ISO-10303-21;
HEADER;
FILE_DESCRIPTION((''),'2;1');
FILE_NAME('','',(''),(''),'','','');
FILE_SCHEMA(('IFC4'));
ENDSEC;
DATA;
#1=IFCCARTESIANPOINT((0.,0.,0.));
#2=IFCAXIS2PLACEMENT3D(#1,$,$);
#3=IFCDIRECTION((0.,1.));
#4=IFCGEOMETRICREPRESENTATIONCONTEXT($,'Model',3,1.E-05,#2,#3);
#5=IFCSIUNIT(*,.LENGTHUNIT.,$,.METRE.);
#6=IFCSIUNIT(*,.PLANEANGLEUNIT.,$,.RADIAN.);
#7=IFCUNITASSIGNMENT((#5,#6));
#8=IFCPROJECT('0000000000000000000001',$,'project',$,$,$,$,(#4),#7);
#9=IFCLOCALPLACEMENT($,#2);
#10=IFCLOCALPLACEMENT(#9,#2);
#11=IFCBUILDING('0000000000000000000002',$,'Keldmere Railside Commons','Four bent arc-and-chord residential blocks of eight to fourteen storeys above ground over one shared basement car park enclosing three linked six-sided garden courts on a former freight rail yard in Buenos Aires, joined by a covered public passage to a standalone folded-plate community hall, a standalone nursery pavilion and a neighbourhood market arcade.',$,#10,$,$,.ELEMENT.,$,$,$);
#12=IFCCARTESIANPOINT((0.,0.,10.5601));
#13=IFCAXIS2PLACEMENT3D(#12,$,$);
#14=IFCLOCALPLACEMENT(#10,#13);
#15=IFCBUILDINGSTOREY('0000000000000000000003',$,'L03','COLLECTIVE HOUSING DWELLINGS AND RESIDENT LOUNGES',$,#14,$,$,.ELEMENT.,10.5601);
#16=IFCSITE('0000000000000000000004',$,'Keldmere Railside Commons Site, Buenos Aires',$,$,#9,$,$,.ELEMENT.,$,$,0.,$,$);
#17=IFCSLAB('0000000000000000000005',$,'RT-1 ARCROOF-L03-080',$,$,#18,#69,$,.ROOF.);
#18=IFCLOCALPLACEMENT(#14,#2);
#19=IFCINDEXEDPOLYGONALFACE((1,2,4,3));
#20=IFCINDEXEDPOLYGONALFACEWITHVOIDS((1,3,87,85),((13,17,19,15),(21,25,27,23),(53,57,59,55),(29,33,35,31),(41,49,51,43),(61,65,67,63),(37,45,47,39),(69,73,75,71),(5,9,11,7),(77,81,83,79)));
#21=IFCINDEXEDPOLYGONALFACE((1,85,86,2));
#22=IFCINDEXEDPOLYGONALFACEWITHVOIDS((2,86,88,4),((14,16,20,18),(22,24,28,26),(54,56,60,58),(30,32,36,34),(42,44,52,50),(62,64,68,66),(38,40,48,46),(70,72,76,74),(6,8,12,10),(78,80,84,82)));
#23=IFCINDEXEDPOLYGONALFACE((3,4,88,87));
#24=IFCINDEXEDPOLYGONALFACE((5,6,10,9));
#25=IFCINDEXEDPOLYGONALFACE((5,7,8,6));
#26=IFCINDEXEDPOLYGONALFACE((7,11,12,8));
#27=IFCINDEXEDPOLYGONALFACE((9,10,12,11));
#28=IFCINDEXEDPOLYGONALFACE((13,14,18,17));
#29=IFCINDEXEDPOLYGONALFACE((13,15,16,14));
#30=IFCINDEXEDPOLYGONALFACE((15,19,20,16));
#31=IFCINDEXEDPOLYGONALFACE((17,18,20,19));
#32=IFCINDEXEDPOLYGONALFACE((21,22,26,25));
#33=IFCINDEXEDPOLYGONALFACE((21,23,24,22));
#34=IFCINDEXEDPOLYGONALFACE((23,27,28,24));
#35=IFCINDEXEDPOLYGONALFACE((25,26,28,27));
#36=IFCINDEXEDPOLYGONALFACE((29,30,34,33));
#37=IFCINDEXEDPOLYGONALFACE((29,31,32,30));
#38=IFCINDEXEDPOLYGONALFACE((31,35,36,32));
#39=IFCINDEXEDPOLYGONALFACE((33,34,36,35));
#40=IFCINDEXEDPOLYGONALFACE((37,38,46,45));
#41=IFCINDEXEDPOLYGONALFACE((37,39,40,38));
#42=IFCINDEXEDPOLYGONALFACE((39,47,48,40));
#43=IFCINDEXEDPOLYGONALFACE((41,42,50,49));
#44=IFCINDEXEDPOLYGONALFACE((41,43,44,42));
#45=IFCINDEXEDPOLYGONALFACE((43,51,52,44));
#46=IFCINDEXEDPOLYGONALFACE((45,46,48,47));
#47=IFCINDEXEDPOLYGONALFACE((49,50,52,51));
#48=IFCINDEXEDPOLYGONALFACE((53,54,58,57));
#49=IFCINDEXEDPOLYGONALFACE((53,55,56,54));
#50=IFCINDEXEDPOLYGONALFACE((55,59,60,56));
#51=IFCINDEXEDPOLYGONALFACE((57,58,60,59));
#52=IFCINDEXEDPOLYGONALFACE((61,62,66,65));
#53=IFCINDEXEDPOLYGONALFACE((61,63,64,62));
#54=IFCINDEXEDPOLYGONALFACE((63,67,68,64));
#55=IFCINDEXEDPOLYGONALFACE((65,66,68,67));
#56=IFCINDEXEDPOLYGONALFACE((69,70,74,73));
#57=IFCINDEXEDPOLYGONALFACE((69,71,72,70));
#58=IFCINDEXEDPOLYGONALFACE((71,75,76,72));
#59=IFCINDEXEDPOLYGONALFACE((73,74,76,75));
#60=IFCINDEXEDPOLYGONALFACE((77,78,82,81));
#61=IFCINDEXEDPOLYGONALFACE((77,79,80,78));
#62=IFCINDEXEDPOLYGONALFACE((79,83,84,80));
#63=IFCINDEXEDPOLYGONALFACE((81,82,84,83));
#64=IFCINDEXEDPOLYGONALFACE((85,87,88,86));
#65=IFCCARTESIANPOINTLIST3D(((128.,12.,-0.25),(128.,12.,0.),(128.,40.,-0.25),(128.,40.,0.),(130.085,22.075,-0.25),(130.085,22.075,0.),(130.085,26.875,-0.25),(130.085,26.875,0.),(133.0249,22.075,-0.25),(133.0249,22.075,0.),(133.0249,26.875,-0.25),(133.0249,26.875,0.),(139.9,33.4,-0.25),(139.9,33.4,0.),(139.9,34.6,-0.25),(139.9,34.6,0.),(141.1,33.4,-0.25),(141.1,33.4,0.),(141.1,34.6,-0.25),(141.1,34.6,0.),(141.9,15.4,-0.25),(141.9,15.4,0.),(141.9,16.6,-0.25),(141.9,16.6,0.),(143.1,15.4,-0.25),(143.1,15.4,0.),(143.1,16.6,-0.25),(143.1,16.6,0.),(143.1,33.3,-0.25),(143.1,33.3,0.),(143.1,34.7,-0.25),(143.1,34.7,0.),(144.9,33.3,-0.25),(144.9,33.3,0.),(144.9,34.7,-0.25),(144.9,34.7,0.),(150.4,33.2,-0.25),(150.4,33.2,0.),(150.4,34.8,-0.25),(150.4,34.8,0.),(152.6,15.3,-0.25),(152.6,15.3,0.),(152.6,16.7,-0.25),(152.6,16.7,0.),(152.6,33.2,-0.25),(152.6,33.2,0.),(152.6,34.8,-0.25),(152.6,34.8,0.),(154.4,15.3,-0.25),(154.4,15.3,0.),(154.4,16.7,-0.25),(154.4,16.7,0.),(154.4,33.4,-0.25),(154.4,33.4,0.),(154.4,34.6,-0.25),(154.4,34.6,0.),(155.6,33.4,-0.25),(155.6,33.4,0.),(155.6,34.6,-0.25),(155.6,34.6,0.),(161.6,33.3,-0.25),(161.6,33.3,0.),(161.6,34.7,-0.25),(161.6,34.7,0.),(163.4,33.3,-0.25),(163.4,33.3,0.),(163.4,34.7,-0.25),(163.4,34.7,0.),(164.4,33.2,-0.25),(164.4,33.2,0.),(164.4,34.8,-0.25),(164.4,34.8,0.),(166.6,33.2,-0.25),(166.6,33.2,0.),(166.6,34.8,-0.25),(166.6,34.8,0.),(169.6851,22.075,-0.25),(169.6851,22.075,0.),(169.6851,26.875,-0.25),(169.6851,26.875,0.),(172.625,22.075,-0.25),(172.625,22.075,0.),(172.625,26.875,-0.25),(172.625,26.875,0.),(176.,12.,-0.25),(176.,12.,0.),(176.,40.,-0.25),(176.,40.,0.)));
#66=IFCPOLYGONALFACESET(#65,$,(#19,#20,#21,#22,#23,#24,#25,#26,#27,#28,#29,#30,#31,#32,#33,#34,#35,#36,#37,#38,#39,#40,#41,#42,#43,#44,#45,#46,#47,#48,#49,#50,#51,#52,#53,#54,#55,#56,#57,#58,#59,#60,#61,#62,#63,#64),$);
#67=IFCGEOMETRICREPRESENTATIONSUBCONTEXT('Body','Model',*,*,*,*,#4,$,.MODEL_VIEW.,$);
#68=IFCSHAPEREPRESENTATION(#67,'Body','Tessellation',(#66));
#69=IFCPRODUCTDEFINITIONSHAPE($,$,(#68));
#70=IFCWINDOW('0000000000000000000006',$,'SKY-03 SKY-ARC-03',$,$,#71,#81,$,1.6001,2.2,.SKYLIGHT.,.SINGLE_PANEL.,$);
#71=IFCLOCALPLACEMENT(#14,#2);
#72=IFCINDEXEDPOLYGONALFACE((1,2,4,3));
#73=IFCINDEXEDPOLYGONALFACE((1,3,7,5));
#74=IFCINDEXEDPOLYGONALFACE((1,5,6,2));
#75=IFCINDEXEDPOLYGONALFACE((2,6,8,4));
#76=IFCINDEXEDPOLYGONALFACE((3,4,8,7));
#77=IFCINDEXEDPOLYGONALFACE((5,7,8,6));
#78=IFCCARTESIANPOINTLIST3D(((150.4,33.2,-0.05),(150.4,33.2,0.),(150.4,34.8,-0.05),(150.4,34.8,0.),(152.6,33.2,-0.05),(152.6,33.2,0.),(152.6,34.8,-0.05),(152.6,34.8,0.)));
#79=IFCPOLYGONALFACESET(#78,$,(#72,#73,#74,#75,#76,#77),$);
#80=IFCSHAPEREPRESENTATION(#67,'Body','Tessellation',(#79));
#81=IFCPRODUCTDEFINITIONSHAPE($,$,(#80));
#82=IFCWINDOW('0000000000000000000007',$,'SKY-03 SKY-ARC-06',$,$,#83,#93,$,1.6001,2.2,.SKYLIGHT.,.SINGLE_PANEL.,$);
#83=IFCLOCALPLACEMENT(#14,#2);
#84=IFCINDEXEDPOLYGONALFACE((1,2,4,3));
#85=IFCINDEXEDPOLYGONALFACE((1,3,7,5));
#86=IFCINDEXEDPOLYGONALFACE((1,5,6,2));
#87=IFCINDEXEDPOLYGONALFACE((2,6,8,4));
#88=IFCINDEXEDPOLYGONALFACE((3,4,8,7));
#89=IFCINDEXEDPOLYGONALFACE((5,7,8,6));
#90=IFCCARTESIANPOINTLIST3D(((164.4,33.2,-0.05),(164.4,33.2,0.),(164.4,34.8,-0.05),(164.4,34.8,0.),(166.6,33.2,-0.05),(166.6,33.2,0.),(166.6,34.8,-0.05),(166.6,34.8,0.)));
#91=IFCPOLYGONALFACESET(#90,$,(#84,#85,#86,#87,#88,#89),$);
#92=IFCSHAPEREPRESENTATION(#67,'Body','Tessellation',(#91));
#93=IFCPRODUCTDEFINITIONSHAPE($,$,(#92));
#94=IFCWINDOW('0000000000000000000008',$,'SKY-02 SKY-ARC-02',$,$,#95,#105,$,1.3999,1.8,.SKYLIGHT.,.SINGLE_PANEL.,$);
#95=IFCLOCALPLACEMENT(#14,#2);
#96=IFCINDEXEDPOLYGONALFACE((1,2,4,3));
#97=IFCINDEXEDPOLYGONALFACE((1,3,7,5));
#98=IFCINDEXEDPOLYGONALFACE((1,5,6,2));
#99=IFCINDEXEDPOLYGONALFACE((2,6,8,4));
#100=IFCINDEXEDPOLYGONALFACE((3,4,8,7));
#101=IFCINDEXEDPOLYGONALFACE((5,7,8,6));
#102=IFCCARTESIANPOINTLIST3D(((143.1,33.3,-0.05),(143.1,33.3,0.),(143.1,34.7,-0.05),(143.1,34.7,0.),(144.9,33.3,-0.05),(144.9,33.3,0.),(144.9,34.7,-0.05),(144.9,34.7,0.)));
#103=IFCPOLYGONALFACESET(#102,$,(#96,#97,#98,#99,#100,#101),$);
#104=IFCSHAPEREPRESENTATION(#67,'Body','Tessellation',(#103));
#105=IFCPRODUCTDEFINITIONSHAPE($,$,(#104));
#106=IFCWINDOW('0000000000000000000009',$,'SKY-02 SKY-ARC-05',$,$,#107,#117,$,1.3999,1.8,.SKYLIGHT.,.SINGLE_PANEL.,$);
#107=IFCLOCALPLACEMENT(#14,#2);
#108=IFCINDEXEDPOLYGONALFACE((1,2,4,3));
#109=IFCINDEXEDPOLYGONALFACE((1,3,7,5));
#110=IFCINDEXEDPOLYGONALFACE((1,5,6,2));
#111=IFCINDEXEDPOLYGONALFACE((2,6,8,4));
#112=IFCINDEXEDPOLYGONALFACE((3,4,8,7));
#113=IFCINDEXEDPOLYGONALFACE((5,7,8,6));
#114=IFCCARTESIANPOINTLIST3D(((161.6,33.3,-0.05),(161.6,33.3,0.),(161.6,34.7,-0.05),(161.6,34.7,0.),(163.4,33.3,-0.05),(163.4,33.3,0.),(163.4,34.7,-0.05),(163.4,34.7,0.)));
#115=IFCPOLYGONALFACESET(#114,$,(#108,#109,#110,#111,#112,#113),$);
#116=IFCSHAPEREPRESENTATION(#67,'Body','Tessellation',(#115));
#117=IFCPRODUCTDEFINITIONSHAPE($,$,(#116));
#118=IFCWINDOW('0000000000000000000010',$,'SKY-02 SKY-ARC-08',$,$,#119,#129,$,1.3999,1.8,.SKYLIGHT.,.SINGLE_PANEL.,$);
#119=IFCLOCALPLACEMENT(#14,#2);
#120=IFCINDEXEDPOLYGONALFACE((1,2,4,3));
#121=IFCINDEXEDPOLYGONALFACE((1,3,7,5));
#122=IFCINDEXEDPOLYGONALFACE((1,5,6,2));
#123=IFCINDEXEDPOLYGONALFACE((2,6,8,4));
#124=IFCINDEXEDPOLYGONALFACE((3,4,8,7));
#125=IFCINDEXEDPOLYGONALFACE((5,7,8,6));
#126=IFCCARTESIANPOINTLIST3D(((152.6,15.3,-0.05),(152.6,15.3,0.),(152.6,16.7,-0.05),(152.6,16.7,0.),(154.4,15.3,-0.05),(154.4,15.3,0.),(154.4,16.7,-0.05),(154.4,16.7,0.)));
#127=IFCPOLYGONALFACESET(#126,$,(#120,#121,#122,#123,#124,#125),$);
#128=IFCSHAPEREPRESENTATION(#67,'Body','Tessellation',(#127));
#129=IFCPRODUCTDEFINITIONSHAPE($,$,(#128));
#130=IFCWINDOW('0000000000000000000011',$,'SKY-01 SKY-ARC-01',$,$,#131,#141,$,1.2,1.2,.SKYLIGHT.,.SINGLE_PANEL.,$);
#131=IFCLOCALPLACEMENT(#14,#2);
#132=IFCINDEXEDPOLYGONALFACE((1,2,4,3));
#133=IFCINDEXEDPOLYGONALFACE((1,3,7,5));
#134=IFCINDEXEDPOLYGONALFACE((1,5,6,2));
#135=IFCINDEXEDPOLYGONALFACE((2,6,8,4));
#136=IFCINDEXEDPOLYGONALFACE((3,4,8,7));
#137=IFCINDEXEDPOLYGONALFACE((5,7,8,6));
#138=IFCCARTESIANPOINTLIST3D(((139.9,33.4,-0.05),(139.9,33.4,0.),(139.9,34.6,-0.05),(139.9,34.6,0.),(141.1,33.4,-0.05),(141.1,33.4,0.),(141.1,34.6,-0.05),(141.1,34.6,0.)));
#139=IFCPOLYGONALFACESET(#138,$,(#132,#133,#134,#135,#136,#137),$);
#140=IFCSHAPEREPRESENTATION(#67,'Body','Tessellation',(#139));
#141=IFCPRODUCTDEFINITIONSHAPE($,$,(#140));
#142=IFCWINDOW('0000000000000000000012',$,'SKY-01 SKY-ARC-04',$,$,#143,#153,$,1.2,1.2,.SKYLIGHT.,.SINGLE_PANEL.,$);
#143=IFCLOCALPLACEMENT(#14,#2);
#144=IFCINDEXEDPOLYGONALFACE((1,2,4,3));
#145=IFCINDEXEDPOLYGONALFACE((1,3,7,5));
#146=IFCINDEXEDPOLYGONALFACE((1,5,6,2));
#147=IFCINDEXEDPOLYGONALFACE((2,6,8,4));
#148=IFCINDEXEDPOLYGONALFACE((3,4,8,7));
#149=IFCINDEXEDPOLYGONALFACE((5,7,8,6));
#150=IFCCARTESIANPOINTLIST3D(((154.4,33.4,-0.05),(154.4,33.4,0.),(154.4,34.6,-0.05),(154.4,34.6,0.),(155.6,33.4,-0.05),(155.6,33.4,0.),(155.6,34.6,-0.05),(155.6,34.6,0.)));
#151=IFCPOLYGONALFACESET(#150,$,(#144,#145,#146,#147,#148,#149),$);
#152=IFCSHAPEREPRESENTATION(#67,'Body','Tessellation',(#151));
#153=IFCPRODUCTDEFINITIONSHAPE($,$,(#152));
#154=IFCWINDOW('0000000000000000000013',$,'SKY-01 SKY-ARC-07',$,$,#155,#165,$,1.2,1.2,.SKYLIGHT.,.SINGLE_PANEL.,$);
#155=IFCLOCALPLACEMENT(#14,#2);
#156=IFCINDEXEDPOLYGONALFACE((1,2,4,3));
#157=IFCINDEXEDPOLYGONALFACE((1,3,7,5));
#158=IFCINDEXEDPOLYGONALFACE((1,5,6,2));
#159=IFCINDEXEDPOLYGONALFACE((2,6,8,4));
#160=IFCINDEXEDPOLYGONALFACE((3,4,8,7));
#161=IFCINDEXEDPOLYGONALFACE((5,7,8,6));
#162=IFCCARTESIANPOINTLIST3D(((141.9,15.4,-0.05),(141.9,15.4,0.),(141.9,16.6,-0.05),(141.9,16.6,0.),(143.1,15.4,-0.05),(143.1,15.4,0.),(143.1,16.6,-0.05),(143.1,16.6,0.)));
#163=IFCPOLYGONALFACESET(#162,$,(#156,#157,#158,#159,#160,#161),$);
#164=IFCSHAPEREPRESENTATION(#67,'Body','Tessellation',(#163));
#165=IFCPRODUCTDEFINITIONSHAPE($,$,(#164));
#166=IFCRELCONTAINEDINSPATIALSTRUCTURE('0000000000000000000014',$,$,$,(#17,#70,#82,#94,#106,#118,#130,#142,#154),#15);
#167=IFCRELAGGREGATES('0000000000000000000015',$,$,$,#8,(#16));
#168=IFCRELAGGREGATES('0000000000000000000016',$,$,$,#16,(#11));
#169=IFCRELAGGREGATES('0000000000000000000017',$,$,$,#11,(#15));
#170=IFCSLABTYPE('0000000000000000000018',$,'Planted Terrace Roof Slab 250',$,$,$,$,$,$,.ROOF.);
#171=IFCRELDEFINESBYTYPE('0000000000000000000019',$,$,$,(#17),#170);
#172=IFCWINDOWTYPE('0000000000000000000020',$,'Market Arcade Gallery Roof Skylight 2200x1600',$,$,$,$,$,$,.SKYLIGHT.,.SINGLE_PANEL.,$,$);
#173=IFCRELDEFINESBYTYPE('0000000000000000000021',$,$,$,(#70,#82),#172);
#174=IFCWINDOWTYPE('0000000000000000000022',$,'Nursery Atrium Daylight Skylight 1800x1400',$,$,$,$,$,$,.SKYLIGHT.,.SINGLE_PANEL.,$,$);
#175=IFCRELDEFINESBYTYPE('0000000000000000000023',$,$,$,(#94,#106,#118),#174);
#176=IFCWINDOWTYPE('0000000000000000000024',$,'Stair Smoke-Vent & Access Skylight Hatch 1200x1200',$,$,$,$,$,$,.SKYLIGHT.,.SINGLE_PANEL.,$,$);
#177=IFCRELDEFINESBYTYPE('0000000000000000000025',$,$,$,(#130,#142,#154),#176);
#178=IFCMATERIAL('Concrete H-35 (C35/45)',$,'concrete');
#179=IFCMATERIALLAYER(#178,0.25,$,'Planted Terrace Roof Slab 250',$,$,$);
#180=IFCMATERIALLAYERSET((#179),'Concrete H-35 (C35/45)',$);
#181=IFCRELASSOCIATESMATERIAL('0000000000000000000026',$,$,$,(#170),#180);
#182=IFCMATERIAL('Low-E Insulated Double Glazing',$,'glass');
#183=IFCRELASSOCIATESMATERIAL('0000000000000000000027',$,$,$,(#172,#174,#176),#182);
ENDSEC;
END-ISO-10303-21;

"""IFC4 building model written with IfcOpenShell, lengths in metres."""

from ifc_helpers import new_model, si_unit, direction, frame, origin, origin_2d, place, context, subcontext, project, spatial, polyline, rectangle, outline, extrude, material, layer, layer_set, type_object, element, fill, save


model = new_model("IFC4")

# Units and contexts
model_context = context("Model", 3, precision=1e-05, world=origin(), true_north=direction((0.0, 1.0)))
body_context = subcontext(model_context, "Body", "Model", "MODEL_VIEW")
ifc_project = project(units=[si_unit("LENGTHUNIT", "METRE"), si_unit("PLANEANGLEUNIT", "RADIAN")], contexts=[model_context])

# Site, building, storey
site_placement = place(None, origin())
site = spatial("IfcSite", under=ifc_project, at=site_placement, Name="Keldmere Railside Commons Site, Buenos Aires", CompositionType="ELEMENT", RefElevation=0.0)
building_placement = place(site_placement, origin())
building = spatial("IfcBuilding", under=site, at=building_placement, Name="Keldmere Railside Commons", Description="Four bent arc-and-chord residential blocks of eight to fourteen storeys above ground over one shared basement car park enclosing three linked six-sided garden courts on a former freight rail yard in Buenos Aires, joined by a covered public passage to a standalone folded-plate community hall, a standalone nursery pavilion and a neighbourhood market arcade.", CompositionType="ELEMENT")
storey_placement = place(building_placement, frame((0.0, 0.0, 10.5601)))
storey = spatial("IfcBuildingStorey", under=building, at=storey_placement, Name="L03", Description="COLLECTIVE HOUSING DWELLINGS AND RESIDENT LOUNGES", CompositionType="ELEMENT", Elevation=10.5601)

# Slab, openings, windows
ifc_material_1 = material(Name="Concrete H-35 (C35/45)", Category="concrete")
ifc_layer_1 = layer(ifc_material_1, 0.25, Name="Planted Terrace Roof Slab 250")
ifc_layer_set_1 = layer_set([ifc_layer_1], Name="Concrete H-35 (C35/45)")
slab_type_1 = type_object("IfcSlabType", Name="Planted Terrace Roof Slab 250", PredefinedType="ROOF", material=ifc_layer_set_1)
slab_1_placement = place(storey_placement, frame((0.0, 0.0, -0.25)))
slab_1 = element("IfcSlab", 1, at=slab_1_placement, inside=storey, type_object=slab_type_1, Name="RT-1 ARCROOF-L03-080", PredefinedType="ROOF", context=body_context, shape_type="SweptSolid", body=[
    extrude(outline(polyline([(176.0, 12.0), (176.0, 40.0), (128.0, 40.0), (128.0, 12.0), (176.0, 12.0)]), holes=[polyline([(133.0249, 22.075), (130.085, 22.075), (130.085, 26.875), (133.0249, 26.875), (133.0249, 22.075)]), polyline([(172.625, 22.075), (169.6851, 22.075), (169.6851, 26.875), (172.625, 26.875), (172.625, 22.075)])]), origin(), (0.0, 0.0, 1.0), 0.25),
])
opening_1_placement = place(slab_1_placement, frame((140.5, 34.0, 0.0)))
opening_1 = element("IfcOpeningElement", 2, at=opening_1_placement, cuts=slab_1, PredefinedType="OPENING", context=body_context, shape_type="SweptSolid", body=[
    extrude(rectangle(XDim=1.2, YDim=1.2, at=origin_2d()), frame((0.0, 0.0, -0.01)), (0.0, 0.0, 1.0), 0.27),
])
opening_2_placement = place(slab_1_placement, frame((144.0, 34.0, 0.0)))
opening_2 = element("IfcOpeningElement", 3, at=opening_2_placement, cuts=slab_1, PredefinedType="OPENING", context=body_context, shape_type="SweptSolid", body=[
    extrude(rectangle(XDim=1.8, YDim=1.3999, at=origin_2d()), frame((0.0, 0.0, -0.01)), (0.0, 0.0, 1.0), 0.27),
])
opening_3_placement = place(slab_1_placement, frame((151.5, 34.0, 0.0)))
opening_3 = element("IfcOpeningElement", 4, at=opening_3_placement, cuts=slab_1, PredefinedType="OPENING", context=body_context, shape_type="SweptSolid", body=[
    extrude(rectangle(XDim=2.2, YDim=1.6001, at=origin_2d()), frame((0.0, 0.0, -0.01)), (0.0, 0.0, 1.0), 0.27),
])
opening_4_placement = place(slab_1_placement, frame((155.0, 34.0, 0.0)))
opening_4 = element("IfcOpeningElement", 5, at=opening_4_placement, cuts=slab_1, PredefinedType="OPENING", context=body_context, shape_type="SweptSolid", body=[
    extrude(rectangle(XDim=1.2, YDim=1.2, at=origin_2d()), frame((0.0, 0.0, -0.01)), (0.0, 0.0, 1.0), 0.27),
])
opening_5_placement = place(slab_1_placement, frame((162.5, 34.0, 0.0)))
opening_5 = element("IfcOpeningElement", 6, at=opening_5_placement, cuts=slab_1, PredefinedType="OPENING", context=body_context, shape_type="SweptSolid", body=[
    extrude(rectangle(XDim=1.8, YDim=1.3999, at=origin_2d()), frame((0.0, 0.0, -0.01)), (0.0, 0.0, 1.0), 0.27),
])
opening_6_placement = place(slab_1_placement, frame((165.5, 34.0, 0.0)))
opening_6 = element("IfcOpeningElement", 7, at=opening_6_placement, cuts=slab_1, PredefinedType="OPENING", context=body_context, shape_type="SweptSolid", body=[
    extrude(rectangle(XDim=2.2, YDim=1.6001, at=origin_2d()), frame((0.0, 0.0, -0.01)), (0.0, 0.0, 1.0), 0.27),
])
opening_7_placement = place(slab_1_placement, frame((142.5, 16.0, 0.0)))
opening_7 = element("IfcOpeningElement", 8, at=opening_7_placement, cuts=slab_1, PredefinedType="OPENING", context=body_context, shape_type="SweptSolid", body=[
    extrude(rectangle(XDim=1.2, YDim=1.2, at=origin_2d()), frame((0.0, 0.0, -0.01)), (0.0, 0.0, 1.0), 0.27),
])
opening_8_placement = place(slab_1_placement, frame((153.5, 16.0, 0.0)))
opening_8 = element("IfcOpeningElement", 9, at=opening_8_placement, cuts=slab_1, PredefinedType="OPENING", context=body_context, shape_type="SweptSolid", body=[
    extrude(rectangle(XDim=1.8, YDim=1.3999, at=origin_2d()), frame((0.0, 0.0, -0.01)), (0.0, 0.0, 1.0), 0.27),
])
ifc_material_2 = material(Name="Low-E Insulated Double Glazing", Category="glass")
window_type_1 = type_object("IfcWindowType", Name="Market Arcade Gallery Roof Skylight 2200x1600", PartitioningType="SINGLE_PANEL", PredefinedType="SKYLIGHT", material=ifc_material_2)
window_1_placement = place(opening_3_placement, frame((0.0, 0.0, 0.2)))
window_1 = element("IfcWindow", 10, at=window_1_placement, inside=storey, type_object=window_type_1, Name="SKY-03 SKY-ARC-03", OverallHeight=1.6001, OverallWidth=2.2, PartitioningType="SINGLE_PANEL", PredefinedType="SKYLIGHT", context=body_context, shape_type="SweptSolid", body=[
    extrude(rectangle(XDim=2.2, YDim=1.6001, at=origin_2d()), origin(), (0.0, 0.0, 1.0), 0.05),
])
fill(opening_3, window_1)
window_2_placement = place(opening_6_placement, frame((0.0, 0.0, 0.2)))
window_2 = element("IfcWindow", 11, at=window_2_placement, inside=storey, type_object=window_type_1, Name="SKY-03 SKY-ARC-06", OverallHeight=1.6001, OverallWidth=2.2, PartitioningType="SINGLE_PANEL", PredefinedType="SKYLIGHT", context=body_context, shape_type="SweptSolid", body=[
    extrude(rectangle(XDim=2.2, YDim=1.6001, at=origin_2d()), origin(), (0.0, 0.0, 1.0), 0.05),
])
fill(opening_6, window_2)
window_type_2 = type_object("IfcWindowType", Name="Nursery Atrium Daylight Skylight 1800x1400", PartitioningType="SINGLE_PANEL", PredefinedType="SKYLIGHT", material=ifc_material_2)
window_3_placement = place(opening_2_placement, frame((0.0, 0.0, 0.2)))
window_3 = element("IfcWindow", 12, at=window_3_placement, inside=storey, type_object=window_type_2, Name="SKY-02 SKY-ARC-02", OverallHeight=1.3999, OverallWidth=1.8, PartitioningType="SINGLE_PANEL", PredefinedType="SKYLIGHT", context=body_context, shape_type="SweptSolid", body=[
    extrude(rectangle(XDim=1.8, YDim=1.3999, at=origin_2d()), origin(), (0.0, 0.0, 1.0), 0.05),
])
fill(opening_2, window_3)
window_4_placement = place(opening_5_placement, frame((0.0, 0.0, 0.2)))
window_4 = element("IfcWindow", 13, at=window_4_placement, inside=storey, type_object=window_type_2, Name="SKY-02 SKY-ARC-05", OverallHeight=1.3999, OverallWidth=1.8, PartitioningType="SINGLE_PANEL", PredefinedType="SKYLIGHT", context=body_context, shape_type="SweptSolid", body=[
    extrude(rectangle(XDim=1.8, YDim=1.3999, at=origin_2d()), origin(), (0.0, 0.0, 1.0), 0.05),
])
fill(opening_5, window_4)
window_5_placement = place(opening_8_placement, frame((0.0, 0.0, 0.2)))
window_5 = element("IfcWindow", 14, at=window_5_placement, inside=storey, type_object=window_type_2, Name="SKY-02 SKY-ARC-08", OverallHeight=1.3999, OverallWidth=1.8, PartitioningType="SINGLE_PANEL", PredefinedType="SKYLIGHT", context=body_context, shape_type="SweptSolid", body=[
    extrude(rectangle(XDim=1.8, YDim=1.3999, at=origin_2d()), origin(), (0.0, 0.0, 1.0), 0.05),
])
fill(opening_8, window_5)
window_type_3 = type_object("IfcWindowType", Name="Stair Smoke-Vent & Access Skylight Hatch 1200x1200", PartitioningType="SINGLE_PANEL", PredefinedType="SKYLIGHT", material=ifc_material_2)
window_6_placement = place(opening_1_placement, frame((0.0, 0.0, 0.2)))
window_6 = element("IfcWindow", 15, at=window_6_placement, inside=storey, type_object=window_type_3, Name="SKY-01 SKY-ARC-01", OverallHeight=1.2, OverallWidth=1.2, PartitioningType="SINGLE_PANEL", PredefinedType="SKYLIGHT", context=body_context, shape_type="SweptSolid", body=[
    extrude(rectangle(XDim=1.2, YDim=1.2, at=origin_2d()), origin(), (0.0, 0.0, 1.0), 0.05),
])
fill(opening_1, window_6)
window_7_placement = place(opening_4_placement, frame((0.0, 0.0, 0.2)))
window_7 = element("IfcWindow", 16, at=window_7_placement, inside=storey, type_object=window_type_3, Name="SKY-01 SKY-ARC-04", OverallHeight=1.2, OverallWidth=1.2, PartitioningType="SINGLE_PANEL", PredefinedType="SKYLIGHT", context=body_context, shape_type="SweptSolid", body=[
    extrude(rectangle(XDim=1.2, YDim=1.2, at=origin_2d()), origin(), (0.0, 0.0, 1.0), 0.05),
])
fill(opening_4, window_7)
window_8_placement = place(opening_7_placement, frame((0.0, 0.0, 0.2)))
window_8 = element("IfcWindow", 17, at=window_8_placement, inside=storey, type_object=window_type_3, Name="SKY-01 SKY-ARC-07", OverallHeight=1.2, OverallWidth=1.2, PartitioningType="SINGLE_PANEL", PredefinedType="SKYLIGHT", context=body_context, shape_type="SweptSolid", body=[
    extrude(rectangle(XDim=1.2, YDim=1.2, at=origin_2d()), origin(), (0.0, 0.0, 1.0), 0.05),
])
fill(opening_7, window_8)

save(model, "model.ifc")
